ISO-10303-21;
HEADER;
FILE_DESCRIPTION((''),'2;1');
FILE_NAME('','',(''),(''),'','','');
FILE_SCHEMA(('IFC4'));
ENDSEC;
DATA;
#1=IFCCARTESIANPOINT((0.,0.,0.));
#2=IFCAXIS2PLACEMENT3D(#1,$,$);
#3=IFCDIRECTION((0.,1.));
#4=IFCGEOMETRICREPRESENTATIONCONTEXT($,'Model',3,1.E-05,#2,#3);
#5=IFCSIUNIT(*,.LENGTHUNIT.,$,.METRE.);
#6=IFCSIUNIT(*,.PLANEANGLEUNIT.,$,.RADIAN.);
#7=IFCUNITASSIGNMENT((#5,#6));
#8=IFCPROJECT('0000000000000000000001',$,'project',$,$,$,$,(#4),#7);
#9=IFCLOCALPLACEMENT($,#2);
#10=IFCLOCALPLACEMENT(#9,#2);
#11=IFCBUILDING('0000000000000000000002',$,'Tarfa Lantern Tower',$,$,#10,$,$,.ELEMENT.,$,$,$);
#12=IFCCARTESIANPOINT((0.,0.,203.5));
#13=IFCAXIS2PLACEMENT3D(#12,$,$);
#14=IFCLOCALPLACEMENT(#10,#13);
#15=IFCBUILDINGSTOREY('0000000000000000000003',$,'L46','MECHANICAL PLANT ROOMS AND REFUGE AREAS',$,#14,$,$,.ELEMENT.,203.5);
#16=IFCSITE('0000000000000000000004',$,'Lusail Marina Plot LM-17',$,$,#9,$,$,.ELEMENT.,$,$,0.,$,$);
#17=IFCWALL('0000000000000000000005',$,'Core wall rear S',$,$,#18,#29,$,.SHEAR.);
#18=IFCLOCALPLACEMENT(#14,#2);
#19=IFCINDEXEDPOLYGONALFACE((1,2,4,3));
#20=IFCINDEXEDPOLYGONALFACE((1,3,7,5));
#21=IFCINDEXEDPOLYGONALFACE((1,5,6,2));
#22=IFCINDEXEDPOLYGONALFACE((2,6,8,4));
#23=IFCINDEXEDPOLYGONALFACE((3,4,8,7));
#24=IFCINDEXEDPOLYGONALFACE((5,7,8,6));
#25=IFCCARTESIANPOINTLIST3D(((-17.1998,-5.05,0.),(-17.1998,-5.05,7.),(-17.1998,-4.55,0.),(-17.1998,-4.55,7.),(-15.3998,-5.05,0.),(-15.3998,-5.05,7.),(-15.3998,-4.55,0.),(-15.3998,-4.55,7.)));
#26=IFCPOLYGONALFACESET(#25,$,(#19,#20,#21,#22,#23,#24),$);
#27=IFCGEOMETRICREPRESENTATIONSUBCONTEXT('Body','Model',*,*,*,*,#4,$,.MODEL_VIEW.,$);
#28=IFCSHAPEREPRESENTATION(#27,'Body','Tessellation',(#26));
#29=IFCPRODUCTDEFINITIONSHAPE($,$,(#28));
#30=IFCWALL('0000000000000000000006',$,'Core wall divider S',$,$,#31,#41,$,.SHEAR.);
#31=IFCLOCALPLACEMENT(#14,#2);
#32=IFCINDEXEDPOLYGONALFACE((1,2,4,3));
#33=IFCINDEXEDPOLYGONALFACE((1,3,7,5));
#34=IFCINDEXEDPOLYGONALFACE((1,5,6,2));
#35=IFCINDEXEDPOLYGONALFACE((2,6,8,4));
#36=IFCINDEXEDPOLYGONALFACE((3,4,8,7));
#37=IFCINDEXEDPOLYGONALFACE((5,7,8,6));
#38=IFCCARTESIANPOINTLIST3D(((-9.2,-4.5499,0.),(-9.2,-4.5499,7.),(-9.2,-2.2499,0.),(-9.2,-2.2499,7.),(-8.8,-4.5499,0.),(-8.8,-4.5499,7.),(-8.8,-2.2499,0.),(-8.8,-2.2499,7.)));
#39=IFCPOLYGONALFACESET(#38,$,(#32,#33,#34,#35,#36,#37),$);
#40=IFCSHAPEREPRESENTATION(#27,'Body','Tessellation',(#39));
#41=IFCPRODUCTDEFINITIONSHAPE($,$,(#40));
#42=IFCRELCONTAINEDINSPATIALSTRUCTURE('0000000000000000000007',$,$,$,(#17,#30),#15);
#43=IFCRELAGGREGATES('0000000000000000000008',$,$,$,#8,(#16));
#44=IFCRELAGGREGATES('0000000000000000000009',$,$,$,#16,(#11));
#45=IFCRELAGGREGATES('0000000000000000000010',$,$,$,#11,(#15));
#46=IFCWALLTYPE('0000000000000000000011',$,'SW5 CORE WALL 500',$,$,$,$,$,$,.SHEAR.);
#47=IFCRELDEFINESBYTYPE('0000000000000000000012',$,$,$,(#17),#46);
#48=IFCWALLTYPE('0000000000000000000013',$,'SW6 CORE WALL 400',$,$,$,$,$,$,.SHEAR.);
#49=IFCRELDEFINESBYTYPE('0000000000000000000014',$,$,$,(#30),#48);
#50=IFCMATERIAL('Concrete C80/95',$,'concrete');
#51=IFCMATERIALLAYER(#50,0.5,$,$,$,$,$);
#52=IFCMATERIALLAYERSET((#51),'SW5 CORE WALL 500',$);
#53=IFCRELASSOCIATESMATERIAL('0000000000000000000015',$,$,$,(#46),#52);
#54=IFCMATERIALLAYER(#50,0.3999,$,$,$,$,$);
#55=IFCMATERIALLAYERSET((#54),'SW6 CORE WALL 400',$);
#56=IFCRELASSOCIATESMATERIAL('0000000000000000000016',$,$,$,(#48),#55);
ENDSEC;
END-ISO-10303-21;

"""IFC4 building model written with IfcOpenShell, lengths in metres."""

from ifc_helpers import new_model, si_unit, direction, frame, frame_2d, origin, place, context, subcontext, project, spatial, rectangle, extrude, material, layer, layer_set, type_object, element, save


model = new_model("IFC4")

# Units and contexts
model_context = context("Model", 3, precision=1e-05, world=origin(), true_north=direction((0.0, 1.0)))
body_context = subcontext(model_context, "Body", "Model", "MODEL_VIEW")
ifc_project = project(units=[si_unit("LENGTHUNIT", "METRE"), si_unit("PLANEANGLEUNIT", "RADIAN")], contexts=[model_context])

# Site, building, storey
site_placement = place(None, origin())
site = spatial("IfcSite", under=ifc_project, at=site_placement, Name="Lusail Marina Plot LM-17", CompositionType="ELEMENT", RefElevation=0.0)
building_placement = place(site_placement, origin())
building = spatial("IfcBuilding", under=site, at=building_placement, Name="Tarfa Lantern Tower", CompositionType="ELEMENT")
storey_placement = place(building_placement, frame((0.0, 0.0, 203.5)))
storey = spatial("IfcBuildingStorey", under=building, at=storey_placement, Name="L46", Description="MECHANICAL PLANT ROOMS AND REFUGE AREAS", CompositionType="ELEMENT", Elevation=203.5)

# Shared definitions
ifc_material_1 = material(Name="Concrete C80/95", Category="concrete")

# Shared definitions
ifc_layer_1 = layer(ifc_material_1, 0.5)
ifc_layer_set_1 = layer_set([ifc_layer_1], Name="SW5 CORE WALL 500")
wall_type_1 = type_object("IfcWallType", Name="SW5 CORE WALL 500", PredefinedType="SHEAR", material=ifc_layer_set_1)

# Walls
wall_1_placement = place(storey_placement, frame((-15.3999, -4.8, 0.0), z_axis=(0.0, 0.0, 1.0), x_axis=(-1.0, 0.0, 0.0)))
element("IfcWall", 1, at=wall_1_placement, inside=storey, type_object=wall_type_1, Name="Core wall rear S", PredefinedType="SHEAR", context=body_context, shape_type="SweptSolid", body=[
    extrude(rectangle(XDim=1.8, YDim=0.5, at=frame_2d((0.8999, 0.0))), origin(), (0.0, 0.0, 1.0), 7.0),
])
ifc_layer_2 = layer(ifc_material_1, 0.3999)
ifc_layer_set_2 = layer_set([ifc_layer_2], Name="SW6 CORE WALL 400")
wall_type_2 = type_object("IfcWallType", Name="SW6 CORE WALL 400", PredefinedType="SHEAR", material=ifc_layer_set_2)
wall_2_placement = place(storey_placement, frame((-9.0, -2.25, 0.0), z_axis=(0.0, 0.0, 1.0), x_axis=(0.0, -1.0, 0.0)))
element("IfcWall", 2, at=wall_2_placement, inside=storey, type_object=wall_type_2, Name="Core wall divider S", PredefinedType="SHEAR", context=body_context, shape_type="SweptSolid", body=[
    extrude(rectangle(XDim=2.3, YDim=0.3999, at=frame_2d((1.1499, 0.0))), origin(), (0.0, 0.0, 1.0), 7.0),
])

save(model, "model.ifc")
